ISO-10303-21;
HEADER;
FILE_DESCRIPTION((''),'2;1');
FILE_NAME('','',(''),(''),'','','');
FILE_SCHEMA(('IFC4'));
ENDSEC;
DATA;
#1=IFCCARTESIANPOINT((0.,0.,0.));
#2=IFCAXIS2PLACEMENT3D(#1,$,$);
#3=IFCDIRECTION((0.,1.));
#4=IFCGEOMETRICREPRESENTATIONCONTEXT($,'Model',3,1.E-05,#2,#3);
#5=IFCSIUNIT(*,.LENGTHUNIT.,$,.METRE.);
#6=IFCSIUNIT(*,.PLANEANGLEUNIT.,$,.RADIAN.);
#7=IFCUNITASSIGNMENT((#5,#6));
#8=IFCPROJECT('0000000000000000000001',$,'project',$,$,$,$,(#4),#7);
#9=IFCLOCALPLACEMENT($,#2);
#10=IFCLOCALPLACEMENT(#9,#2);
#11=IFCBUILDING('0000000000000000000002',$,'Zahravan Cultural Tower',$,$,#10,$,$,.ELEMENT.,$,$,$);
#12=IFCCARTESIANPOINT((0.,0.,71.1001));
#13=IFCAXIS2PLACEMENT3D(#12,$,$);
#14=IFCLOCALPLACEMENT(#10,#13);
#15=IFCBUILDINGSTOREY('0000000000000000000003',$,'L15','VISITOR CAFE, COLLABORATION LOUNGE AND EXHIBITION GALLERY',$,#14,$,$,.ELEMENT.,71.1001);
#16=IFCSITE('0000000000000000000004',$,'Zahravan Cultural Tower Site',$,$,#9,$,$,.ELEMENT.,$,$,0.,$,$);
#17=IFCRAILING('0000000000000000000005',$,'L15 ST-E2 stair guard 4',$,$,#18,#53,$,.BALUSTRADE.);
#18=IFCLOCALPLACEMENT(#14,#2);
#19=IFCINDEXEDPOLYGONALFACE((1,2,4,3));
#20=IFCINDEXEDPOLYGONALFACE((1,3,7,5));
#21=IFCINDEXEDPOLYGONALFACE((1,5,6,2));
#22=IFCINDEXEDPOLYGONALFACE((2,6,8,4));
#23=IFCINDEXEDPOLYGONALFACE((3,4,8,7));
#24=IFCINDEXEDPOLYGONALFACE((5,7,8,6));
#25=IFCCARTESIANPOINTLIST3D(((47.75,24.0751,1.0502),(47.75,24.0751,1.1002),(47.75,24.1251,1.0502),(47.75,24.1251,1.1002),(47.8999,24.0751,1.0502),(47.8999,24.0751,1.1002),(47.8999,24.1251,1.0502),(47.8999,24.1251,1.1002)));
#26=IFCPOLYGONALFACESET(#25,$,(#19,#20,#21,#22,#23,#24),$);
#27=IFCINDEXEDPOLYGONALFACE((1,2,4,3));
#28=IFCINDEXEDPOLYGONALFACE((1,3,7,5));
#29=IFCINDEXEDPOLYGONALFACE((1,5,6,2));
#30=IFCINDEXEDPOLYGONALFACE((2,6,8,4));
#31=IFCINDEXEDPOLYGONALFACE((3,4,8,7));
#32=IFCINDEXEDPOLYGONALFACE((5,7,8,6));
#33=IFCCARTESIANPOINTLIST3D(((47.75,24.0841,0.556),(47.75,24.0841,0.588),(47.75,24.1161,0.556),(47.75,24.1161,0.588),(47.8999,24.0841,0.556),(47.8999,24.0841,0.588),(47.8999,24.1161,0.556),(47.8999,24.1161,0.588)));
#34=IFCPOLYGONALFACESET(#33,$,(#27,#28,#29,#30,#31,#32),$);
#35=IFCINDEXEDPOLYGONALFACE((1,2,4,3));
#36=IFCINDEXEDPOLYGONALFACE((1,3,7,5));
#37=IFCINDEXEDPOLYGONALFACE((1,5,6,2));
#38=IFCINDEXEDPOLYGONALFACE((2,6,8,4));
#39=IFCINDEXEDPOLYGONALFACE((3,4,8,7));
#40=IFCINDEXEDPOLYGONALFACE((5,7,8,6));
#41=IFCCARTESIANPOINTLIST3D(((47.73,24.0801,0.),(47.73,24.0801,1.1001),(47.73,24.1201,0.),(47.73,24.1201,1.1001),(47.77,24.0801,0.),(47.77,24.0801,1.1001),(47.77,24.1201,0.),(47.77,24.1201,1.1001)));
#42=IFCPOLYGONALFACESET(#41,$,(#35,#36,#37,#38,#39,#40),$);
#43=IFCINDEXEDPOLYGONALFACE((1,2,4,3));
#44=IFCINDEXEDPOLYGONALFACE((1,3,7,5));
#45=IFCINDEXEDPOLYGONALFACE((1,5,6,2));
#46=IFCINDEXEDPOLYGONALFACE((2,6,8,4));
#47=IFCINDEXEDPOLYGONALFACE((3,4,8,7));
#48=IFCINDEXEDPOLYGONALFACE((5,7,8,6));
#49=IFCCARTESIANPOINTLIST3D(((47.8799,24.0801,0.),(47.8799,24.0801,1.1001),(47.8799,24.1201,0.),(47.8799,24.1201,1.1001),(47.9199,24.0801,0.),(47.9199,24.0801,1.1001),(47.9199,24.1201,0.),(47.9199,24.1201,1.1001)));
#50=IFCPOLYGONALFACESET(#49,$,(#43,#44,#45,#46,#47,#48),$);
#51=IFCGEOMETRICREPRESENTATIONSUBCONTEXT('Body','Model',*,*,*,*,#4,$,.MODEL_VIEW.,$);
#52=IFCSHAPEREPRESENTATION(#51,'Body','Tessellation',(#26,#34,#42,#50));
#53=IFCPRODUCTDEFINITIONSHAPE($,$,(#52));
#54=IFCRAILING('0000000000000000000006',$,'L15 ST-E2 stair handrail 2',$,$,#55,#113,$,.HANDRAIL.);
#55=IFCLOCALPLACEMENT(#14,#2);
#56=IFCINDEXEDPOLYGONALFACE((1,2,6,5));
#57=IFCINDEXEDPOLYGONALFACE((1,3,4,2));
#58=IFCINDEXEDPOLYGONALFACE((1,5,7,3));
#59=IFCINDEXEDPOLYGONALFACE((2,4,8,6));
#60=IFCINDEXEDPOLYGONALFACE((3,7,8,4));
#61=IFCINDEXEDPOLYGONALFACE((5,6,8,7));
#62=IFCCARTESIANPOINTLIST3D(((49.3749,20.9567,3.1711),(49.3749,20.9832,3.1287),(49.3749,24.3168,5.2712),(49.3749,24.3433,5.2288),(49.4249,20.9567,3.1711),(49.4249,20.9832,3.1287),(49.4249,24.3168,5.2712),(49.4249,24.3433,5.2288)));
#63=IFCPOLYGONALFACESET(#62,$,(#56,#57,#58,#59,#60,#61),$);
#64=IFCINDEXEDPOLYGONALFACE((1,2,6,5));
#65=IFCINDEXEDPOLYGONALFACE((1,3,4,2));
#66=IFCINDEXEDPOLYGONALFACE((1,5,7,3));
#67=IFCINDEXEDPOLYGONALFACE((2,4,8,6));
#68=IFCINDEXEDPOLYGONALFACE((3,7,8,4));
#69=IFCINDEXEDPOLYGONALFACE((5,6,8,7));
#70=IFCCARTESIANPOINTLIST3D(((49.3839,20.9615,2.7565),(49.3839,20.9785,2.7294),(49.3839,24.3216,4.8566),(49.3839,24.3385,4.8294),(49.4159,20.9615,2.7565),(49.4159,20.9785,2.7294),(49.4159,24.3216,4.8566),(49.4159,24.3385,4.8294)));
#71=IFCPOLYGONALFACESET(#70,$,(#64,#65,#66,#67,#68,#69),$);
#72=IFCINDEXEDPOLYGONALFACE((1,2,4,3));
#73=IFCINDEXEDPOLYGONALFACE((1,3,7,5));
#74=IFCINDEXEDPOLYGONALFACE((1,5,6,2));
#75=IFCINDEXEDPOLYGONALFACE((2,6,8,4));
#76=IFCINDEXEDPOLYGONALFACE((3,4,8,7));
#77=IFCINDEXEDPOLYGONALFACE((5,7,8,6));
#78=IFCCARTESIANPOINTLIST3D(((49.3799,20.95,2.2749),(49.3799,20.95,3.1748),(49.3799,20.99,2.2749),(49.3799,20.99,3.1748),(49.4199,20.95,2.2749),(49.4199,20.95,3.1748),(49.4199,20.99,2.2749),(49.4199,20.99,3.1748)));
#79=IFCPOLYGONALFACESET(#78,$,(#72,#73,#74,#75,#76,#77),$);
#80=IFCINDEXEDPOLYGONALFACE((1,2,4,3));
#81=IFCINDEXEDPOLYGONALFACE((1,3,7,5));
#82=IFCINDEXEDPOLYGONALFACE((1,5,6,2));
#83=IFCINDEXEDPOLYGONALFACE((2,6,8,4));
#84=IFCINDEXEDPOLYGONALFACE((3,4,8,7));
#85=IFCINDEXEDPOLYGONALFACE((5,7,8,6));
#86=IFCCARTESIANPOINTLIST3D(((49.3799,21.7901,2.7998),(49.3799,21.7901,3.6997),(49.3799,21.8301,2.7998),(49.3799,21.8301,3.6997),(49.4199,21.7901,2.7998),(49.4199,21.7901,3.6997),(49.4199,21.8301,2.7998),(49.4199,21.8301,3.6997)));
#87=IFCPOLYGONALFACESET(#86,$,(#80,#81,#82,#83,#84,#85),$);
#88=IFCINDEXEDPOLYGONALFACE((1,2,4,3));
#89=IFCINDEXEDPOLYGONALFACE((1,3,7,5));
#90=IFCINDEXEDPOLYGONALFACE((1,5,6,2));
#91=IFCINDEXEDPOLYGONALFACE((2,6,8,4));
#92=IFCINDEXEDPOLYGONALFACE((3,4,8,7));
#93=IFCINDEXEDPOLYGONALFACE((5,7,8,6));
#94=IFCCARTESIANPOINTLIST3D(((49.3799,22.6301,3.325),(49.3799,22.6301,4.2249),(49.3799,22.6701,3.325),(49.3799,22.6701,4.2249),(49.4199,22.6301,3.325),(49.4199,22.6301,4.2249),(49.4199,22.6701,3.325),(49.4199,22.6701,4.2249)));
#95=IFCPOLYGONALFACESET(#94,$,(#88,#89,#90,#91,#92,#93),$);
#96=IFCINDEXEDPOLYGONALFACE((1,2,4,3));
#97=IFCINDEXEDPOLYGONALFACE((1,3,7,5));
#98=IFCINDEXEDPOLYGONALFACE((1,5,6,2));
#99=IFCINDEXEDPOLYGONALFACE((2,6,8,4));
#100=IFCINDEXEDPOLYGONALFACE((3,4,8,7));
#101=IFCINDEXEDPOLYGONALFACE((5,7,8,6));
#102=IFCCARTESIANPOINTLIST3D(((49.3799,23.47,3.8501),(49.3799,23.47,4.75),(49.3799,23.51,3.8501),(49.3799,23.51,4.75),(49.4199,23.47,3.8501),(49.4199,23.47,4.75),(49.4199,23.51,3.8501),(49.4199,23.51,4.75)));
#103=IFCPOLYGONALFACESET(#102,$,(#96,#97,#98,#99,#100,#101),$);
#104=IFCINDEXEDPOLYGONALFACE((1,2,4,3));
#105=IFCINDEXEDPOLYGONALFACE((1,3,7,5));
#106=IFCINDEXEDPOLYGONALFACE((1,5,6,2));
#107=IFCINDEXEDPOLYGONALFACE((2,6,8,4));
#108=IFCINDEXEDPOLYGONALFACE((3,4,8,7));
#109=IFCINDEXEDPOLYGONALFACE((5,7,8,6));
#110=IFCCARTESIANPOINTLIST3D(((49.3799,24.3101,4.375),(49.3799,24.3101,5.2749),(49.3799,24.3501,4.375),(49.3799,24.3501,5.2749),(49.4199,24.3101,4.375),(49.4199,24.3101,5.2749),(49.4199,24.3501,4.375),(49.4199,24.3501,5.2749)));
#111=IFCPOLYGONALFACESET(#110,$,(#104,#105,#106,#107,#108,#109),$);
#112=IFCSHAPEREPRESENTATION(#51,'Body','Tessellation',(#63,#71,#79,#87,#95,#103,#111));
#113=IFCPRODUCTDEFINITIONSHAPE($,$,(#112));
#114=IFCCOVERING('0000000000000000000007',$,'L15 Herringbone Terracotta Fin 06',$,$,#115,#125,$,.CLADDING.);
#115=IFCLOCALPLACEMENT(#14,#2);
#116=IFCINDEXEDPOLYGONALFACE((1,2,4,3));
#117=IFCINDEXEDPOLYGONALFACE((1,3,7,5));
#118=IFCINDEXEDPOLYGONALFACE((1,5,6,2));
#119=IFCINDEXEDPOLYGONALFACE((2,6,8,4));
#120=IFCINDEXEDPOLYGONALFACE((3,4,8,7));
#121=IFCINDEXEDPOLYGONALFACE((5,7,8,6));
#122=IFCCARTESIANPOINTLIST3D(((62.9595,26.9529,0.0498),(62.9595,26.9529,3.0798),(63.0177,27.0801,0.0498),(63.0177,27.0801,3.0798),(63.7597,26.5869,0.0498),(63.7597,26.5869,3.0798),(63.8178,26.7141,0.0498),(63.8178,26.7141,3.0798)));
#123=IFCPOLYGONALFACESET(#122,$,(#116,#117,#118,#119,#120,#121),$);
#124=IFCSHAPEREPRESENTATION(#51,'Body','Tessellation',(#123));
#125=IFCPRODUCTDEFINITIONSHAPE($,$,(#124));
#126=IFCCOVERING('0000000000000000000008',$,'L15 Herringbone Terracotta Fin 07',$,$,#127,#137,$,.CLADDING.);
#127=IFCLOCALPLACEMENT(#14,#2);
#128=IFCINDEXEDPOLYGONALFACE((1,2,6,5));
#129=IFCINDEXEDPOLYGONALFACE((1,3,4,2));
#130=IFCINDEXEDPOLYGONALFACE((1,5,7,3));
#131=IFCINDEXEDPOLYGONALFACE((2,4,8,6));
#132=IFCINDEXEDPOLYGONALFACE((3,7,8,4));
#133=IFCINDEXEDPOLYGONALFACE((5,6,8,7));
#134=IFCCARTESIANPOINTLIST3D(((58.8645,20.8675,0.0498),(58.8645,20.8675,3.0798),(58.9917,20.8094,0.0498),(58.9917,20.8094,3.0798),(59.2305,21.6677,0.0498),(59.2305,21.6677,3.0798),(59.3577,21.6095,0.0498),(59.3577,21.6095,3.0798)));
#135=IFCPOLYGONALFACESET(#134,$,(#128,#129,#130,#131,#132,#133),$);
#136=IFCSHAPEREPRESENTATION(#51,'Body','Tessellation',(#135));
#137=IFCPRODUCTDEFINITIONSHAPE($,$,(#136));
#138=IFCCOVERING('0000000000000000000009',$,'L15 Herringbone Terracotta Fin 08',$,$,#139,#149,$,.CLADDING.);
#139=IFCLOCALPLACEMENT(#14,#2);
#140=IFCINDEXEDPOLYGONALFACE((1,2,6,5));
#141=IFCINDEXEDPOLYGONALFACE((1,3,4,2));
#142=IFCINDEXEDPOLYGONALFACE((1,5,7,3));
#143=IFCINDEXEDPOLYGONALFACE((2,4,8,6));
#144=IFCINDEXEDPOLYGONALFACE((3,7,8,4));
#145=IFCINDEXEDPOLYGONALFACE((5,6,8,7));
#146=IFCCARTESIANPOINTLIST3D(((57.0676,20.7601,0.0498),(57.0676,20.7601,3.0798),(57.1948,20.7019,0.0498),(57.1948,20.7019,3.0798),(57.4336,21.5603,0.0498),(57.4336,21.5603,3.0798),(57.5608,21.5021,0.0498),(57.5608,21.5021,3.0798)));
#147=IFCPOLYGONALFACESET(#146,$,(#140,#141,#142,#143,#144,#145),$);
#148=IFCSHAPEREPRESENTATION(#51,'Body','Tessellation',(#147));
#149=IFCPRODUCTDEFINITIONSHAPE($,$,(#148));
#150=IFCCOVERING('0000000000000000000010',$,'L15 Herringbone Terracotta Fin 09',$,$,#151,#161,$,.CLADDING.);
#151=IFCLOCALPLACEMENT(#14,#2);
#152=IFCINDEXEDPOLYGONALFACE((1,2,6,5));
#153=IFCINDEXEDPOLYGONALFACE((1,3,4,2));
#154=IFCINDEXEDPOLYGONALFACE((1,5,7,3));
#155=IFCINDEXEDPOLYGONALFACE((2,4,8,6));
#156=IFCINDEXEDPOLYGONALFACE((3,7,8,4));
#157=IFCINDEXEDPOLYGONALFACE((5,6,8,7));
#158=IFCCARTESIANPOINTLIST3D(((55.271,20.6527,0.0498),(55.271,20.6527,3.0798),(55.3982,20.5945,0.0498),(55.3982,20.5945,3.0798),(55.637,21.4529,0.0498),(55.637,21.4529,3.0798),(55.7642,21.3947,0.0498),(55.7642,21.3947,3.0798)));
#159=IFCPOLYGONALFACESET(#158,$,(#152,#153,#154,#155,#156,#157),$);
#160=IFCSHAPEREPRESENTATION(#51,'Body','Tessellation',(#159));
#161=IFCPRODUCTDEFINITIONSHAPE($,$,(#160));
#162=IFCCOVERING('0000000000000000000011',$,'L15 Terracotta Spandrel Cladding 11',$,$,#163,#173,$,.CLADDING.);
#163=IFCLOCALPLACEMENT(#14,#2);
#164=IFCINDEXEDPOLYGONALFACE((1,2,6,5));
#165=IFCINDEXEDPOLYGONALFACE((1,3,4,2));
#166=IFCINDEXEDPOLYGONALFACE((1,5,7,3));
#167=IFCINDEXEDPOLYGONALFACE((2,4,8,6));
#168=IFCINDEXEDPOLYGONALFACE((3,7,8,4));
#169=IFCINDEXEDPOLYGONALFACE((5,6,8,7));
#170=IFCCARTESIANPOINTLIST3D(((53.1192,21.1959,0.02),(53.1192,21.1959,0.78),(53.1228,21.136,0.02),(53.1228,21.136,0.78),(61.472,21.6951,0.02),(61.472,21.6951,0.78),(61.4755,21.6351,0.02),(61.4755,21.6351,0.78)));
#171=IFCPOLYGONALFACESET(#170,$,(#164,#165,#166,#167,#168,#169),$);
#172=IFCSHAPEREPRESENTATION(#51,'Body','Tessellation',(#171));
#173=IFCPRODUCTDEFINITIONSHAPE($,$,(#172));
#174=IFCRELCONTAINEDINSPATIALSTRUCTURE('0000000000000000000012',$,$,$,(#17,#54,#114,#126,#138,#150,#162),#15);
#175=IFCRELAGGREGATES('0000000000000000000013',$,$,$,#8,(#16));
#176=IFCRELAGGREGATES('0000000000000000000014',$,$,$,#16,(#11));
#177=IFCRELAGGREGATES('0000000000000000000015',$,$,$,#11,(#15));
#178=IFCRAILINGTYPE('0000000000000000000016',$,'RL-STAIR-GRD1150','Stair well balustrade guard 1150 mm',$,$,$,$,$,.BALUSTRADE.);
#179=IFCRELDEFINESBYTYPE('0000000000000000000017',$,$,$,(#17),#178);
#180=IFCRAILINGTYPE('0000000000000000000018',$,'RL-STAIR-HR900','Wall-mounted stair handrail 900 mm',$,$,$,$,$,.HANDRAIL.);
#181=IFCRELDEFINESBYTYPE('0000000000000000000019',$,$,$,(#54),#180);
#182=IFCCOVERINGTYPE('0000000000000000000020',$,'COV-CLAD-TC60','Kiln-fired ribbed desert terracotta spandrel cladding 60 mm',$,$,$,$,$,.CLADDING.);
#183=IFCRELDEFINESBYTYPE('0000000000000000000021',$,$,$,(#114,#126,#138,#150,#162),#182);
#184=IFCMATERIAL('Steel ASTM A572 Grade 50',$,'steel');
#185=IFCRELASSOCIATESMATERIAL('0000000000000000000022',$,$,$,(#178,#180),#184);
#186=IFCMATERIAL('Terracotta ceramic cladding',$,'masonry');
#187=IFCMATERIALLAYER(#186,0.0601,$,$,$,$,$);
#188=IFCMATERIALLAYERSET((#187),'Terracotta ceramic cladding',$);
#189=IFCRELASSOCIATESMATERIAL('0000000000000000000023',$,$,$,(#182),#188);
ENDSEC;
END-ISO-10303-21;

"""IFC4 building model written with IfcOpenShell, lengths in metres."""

from ifc_helpers import new_model, si_unit, direction, frame, origin, origin_2d, place, context, subcontext, project, spatial, rectangle, extrude, source, transform, mapped, material, layer, layer_set, type_object, element, save


model = new_model("IFC4")

# Units and contexts
model_context = context("Model", 3, precision=1e-05, world=origin(), true_north=direction((0.0, 1.0)))
body_context = subcontext(model_context, "Body", "Model", "MODEL_VIEW")
ifc_project = project(units=[si_unit("LENGTHUNIT", "METRE"), si_unit("PLANEANGLEUNIT", "RADIAN")], contexts=[model_context])

# Site, building, storey
site_placement = place(None, origin())
site = spatial("IfcSite", under=ifc_project, at=site_placement, Name="Zahravan Cultural Tower Site", CompositionType="ELEMENT", RefElevation=0.0)
building_placement = place(site_placement, origin())
building = spatial("IfcBuilding", under=site, at=building_placement, Name="Zahravan Cultural Tower", CompositionType="ELEMENT")
storey_placement = place(building_placement, frame((0.0, 0.0, 71.1001)))
storey = spatial("IfcBuildingStorey", under=building, at=storey_placement, Name="L15", Description="VISITOR CAFE, COLLABORATION LOUNGE AND EXHIBITION GALLERY", CompositionType="ELEMENT", Elevation=71.1001)

# Shared definitions
ifc_material_1 = material(Name="Steel ASTM A572 Grade 50", Category="steel")

# Railings
railing_type_1 = type_object("IfcRailingType", Name="RL-STAIR-GRD1150", Description="Stair well balustrade guard 1150 mm", PredefinedType="BALUSTRADE", material=ifc_material_1)
railing_1_placement = place(storey_placement, frame((47.75, 24.1001, 0.0)))
element("IfcRailing", 1, at=railing_1_placement, inside=storey, type_object=railing_type_1, Name="L15 ST-E2 stair guard 4", PredefinedType="BALUSTRADE", context=body_context, shape_type="SweptSolid", body=[
    extrude(rectangle(XDim=0.05, YDim=0.05, at=origin_2d()), frame((0.0, 0.0, 1.0752), z_axis=(1.0, 0.0, 0.0), x_axis=(0.0, 1.0, 0.0)), (0.0, 0.0, 1.0), 0.1499),
    extrude(rectangle(XDim=0.032, YDim=0.032, at=origin_2d()), frame((0.0, 0.0, 0.572), z_axis=(1.0, 0.0, 0.0), x_axis=(0.0, 1.0, 0.0)), (0.0, 0.0, 1.0), 0.1499),
    extrude(rectangle(XDim=0.04, YDim=0.04, at=origin_2d()), origin(), (0.0, 0.0, 1.0), 1.1001),
    extrude(rectangle(XDim=0.04, YDim=0.04, at=origin_2d()), frame((0.1499, 0.0, 0.0)), (0.0, 0.0, 1.0), 1.1001),
])
railing_type_2 = type_object("IfcRailingType", Name="RL-STAIR-HR900", Description="Wall-mounted stair handrail 900 mm", PredefinedType="HANDRAIL", material=ifc_material_1)
railing_2_placement = place(storey_placement, frame((49.3999, 20.97, 2.2749)))
element("IfcRailing", 2, at=railing_2_placement, inside=storey, type_object=railing_type_2, Name="L15 ST-E2 stair handrail 2", PredefinedType="HANDRAIL", context=body_context, shape_type="SweptSolid", body=[
    extrude(rectangle(XDim=0.05, YDim=0.05, at=origin_2d()), frame((0.0, 0.0, 0.875), z_axis=(0.0, 0.847995, 0.530004), x_axis=(-1.0, 0.0, 0.0)), (0.0, 0.0, 1.0), 3.9624),
    extrude(rectangle(XDim=0.032, YDim=0.032, at=origin_2d()), frame((0.0, 0.0, 0.468), z_axis=(0.0, 0.847995, 0.530004), x_axis=(-1.0, 0.0, 0.0)), (0.0, 0.0, 1.0), 3.9624),
    extrude(rectangle(XDim=0.04, YDim=0.04, at=origin_2d()), origin(), (0.0, 0.0, 1.0), 0.8999),
    extrude(rectangle(XDim=0.04, YDim=0.04, at=origin_2d()), frame((0.0, 0.8401, 0.5249)), (0.0, 0.0, 1.0), 0.8999),
    extrude(rectangle(XDim=0.04, YDim=0.04, at=origin_2d()), frame((0.0, 1.6802, 1.05)), (0.0, 0.0, 1.0), 0.8999),
    extrude(rectangle(XDim=0.04, YDim=0.04, at=origin_2d()), frame((0.0, 2.52, 1.5752)), (0.0, 0.0, 1.0), 0.8999),
    extrude(rectangle(XDim=0.04, YDim=0.04, at=origin_2d()), frame((0.0, 3.3601, 2.1001)), (0.0, 0.0, 1.0), 0.8999),
])

# Coverings
ifc_material_2 = material(Name="Terracotta ceramic cladding", Category="masonry")
ifc_layer_1 = layer(ifc_material_2, 0.0601)
ifc_layer_set_1 = layer_set([ifc_layer_1], Name="Terracotta ceramic cladding")
covering_type = type_object("IfcCoveringType", Name="COV-CLAD-TC60", Description="Kiln-fired ribbed desert terracotta spandrel cladding 60 mm", PredefinedType="CLADDING", material=ifc_layer_set_1)
shared_shape_1 = source(origin(), body_context, "Body", "SweptSolid", [
    extrude(rectangle(XDim=0.8799, YDim=0.1399, at=origin_2d()), origin(), (0.0, 0.0, 1.0), 3.03),
])
for number, where, z_axis, x_axis, name in (
    (3, (63.3887, 26.8335, 0.0498), (0.0, 0.0, 1.0), (0.909381, -0.415963, 0.0), "L15 Herringbone Terracotta Fin 06"),
    (4, (59.1111, 21.2385, 0.0498), (0.0, 0.0, 1.0), (-0.415963, -0.909381, 0.0), "L15 Herringbone Terracotta Fin 07"),
    (5, (57.3142, 21.1311, 0.0498), (0.0, 0.0, 1.0), (-0.415963, -0.909381, 0.0), "L15 Herringbone Terracotta Fin 08"),
    (6, (55.5176, 21.0237, 0.0498), (0.0, 0.0, 1.0), (-0.415963, -0.909381, 0.0), "L15 Herringbone Terracotta Fin 09"),
):
    element("IfcCovering", number, at=place(storey_placement, frame(where, z_axis=z_axis, x_axis=x_axis)), inside=storey, type_object=covering_type, Name=name, PredefinedType="CLADDING", context=body_context, shape_type="MappedRepresentation", body=[
        mapped(shared_shape_1, transform((0.0, 0.0, 0.0), x_axis=(1.0, 0.0, 0.0), y_axis=(0.0, 1.0, 0.0), z_axis=(0.0, 0.0, 1.0), scale=1.0)),
    ])
shared_shape_2 = source(origin(), body_context, "Body", "SweptSolid", [
    extrude(rectangle(XDim=8.3677, YDim=0.0601, at=origin_2d()), origin(), (0.0, 0.0, 1.0), 0.76),
])
covering_placement = place(storey_placement, frame((57.2974, 21.4155, 0.02), z_axis=(0.0, 0.0, 1.0), x_axis=(-0.998219, -0.059655, 0.0)))
element("IfcCovering", 7, at=covering_placement, inside=storey, type_object=covering_type, Name="L15 Terracotta Spandrel Cladding 11", PredefinedType="CLADDING", context=body_context, shape_type="MappedRepresentation", body=[
    mapped(shared_shape_2, transform((0.0, 0.0, 0.0), x_axis=(1.0, 0.0, 0.0), y_axis=(0.0, 1.0, 0.0), z_axis=(0.0, 0.0, 1.0), scale=1.0)),
])

save(model, "model.ifc")
